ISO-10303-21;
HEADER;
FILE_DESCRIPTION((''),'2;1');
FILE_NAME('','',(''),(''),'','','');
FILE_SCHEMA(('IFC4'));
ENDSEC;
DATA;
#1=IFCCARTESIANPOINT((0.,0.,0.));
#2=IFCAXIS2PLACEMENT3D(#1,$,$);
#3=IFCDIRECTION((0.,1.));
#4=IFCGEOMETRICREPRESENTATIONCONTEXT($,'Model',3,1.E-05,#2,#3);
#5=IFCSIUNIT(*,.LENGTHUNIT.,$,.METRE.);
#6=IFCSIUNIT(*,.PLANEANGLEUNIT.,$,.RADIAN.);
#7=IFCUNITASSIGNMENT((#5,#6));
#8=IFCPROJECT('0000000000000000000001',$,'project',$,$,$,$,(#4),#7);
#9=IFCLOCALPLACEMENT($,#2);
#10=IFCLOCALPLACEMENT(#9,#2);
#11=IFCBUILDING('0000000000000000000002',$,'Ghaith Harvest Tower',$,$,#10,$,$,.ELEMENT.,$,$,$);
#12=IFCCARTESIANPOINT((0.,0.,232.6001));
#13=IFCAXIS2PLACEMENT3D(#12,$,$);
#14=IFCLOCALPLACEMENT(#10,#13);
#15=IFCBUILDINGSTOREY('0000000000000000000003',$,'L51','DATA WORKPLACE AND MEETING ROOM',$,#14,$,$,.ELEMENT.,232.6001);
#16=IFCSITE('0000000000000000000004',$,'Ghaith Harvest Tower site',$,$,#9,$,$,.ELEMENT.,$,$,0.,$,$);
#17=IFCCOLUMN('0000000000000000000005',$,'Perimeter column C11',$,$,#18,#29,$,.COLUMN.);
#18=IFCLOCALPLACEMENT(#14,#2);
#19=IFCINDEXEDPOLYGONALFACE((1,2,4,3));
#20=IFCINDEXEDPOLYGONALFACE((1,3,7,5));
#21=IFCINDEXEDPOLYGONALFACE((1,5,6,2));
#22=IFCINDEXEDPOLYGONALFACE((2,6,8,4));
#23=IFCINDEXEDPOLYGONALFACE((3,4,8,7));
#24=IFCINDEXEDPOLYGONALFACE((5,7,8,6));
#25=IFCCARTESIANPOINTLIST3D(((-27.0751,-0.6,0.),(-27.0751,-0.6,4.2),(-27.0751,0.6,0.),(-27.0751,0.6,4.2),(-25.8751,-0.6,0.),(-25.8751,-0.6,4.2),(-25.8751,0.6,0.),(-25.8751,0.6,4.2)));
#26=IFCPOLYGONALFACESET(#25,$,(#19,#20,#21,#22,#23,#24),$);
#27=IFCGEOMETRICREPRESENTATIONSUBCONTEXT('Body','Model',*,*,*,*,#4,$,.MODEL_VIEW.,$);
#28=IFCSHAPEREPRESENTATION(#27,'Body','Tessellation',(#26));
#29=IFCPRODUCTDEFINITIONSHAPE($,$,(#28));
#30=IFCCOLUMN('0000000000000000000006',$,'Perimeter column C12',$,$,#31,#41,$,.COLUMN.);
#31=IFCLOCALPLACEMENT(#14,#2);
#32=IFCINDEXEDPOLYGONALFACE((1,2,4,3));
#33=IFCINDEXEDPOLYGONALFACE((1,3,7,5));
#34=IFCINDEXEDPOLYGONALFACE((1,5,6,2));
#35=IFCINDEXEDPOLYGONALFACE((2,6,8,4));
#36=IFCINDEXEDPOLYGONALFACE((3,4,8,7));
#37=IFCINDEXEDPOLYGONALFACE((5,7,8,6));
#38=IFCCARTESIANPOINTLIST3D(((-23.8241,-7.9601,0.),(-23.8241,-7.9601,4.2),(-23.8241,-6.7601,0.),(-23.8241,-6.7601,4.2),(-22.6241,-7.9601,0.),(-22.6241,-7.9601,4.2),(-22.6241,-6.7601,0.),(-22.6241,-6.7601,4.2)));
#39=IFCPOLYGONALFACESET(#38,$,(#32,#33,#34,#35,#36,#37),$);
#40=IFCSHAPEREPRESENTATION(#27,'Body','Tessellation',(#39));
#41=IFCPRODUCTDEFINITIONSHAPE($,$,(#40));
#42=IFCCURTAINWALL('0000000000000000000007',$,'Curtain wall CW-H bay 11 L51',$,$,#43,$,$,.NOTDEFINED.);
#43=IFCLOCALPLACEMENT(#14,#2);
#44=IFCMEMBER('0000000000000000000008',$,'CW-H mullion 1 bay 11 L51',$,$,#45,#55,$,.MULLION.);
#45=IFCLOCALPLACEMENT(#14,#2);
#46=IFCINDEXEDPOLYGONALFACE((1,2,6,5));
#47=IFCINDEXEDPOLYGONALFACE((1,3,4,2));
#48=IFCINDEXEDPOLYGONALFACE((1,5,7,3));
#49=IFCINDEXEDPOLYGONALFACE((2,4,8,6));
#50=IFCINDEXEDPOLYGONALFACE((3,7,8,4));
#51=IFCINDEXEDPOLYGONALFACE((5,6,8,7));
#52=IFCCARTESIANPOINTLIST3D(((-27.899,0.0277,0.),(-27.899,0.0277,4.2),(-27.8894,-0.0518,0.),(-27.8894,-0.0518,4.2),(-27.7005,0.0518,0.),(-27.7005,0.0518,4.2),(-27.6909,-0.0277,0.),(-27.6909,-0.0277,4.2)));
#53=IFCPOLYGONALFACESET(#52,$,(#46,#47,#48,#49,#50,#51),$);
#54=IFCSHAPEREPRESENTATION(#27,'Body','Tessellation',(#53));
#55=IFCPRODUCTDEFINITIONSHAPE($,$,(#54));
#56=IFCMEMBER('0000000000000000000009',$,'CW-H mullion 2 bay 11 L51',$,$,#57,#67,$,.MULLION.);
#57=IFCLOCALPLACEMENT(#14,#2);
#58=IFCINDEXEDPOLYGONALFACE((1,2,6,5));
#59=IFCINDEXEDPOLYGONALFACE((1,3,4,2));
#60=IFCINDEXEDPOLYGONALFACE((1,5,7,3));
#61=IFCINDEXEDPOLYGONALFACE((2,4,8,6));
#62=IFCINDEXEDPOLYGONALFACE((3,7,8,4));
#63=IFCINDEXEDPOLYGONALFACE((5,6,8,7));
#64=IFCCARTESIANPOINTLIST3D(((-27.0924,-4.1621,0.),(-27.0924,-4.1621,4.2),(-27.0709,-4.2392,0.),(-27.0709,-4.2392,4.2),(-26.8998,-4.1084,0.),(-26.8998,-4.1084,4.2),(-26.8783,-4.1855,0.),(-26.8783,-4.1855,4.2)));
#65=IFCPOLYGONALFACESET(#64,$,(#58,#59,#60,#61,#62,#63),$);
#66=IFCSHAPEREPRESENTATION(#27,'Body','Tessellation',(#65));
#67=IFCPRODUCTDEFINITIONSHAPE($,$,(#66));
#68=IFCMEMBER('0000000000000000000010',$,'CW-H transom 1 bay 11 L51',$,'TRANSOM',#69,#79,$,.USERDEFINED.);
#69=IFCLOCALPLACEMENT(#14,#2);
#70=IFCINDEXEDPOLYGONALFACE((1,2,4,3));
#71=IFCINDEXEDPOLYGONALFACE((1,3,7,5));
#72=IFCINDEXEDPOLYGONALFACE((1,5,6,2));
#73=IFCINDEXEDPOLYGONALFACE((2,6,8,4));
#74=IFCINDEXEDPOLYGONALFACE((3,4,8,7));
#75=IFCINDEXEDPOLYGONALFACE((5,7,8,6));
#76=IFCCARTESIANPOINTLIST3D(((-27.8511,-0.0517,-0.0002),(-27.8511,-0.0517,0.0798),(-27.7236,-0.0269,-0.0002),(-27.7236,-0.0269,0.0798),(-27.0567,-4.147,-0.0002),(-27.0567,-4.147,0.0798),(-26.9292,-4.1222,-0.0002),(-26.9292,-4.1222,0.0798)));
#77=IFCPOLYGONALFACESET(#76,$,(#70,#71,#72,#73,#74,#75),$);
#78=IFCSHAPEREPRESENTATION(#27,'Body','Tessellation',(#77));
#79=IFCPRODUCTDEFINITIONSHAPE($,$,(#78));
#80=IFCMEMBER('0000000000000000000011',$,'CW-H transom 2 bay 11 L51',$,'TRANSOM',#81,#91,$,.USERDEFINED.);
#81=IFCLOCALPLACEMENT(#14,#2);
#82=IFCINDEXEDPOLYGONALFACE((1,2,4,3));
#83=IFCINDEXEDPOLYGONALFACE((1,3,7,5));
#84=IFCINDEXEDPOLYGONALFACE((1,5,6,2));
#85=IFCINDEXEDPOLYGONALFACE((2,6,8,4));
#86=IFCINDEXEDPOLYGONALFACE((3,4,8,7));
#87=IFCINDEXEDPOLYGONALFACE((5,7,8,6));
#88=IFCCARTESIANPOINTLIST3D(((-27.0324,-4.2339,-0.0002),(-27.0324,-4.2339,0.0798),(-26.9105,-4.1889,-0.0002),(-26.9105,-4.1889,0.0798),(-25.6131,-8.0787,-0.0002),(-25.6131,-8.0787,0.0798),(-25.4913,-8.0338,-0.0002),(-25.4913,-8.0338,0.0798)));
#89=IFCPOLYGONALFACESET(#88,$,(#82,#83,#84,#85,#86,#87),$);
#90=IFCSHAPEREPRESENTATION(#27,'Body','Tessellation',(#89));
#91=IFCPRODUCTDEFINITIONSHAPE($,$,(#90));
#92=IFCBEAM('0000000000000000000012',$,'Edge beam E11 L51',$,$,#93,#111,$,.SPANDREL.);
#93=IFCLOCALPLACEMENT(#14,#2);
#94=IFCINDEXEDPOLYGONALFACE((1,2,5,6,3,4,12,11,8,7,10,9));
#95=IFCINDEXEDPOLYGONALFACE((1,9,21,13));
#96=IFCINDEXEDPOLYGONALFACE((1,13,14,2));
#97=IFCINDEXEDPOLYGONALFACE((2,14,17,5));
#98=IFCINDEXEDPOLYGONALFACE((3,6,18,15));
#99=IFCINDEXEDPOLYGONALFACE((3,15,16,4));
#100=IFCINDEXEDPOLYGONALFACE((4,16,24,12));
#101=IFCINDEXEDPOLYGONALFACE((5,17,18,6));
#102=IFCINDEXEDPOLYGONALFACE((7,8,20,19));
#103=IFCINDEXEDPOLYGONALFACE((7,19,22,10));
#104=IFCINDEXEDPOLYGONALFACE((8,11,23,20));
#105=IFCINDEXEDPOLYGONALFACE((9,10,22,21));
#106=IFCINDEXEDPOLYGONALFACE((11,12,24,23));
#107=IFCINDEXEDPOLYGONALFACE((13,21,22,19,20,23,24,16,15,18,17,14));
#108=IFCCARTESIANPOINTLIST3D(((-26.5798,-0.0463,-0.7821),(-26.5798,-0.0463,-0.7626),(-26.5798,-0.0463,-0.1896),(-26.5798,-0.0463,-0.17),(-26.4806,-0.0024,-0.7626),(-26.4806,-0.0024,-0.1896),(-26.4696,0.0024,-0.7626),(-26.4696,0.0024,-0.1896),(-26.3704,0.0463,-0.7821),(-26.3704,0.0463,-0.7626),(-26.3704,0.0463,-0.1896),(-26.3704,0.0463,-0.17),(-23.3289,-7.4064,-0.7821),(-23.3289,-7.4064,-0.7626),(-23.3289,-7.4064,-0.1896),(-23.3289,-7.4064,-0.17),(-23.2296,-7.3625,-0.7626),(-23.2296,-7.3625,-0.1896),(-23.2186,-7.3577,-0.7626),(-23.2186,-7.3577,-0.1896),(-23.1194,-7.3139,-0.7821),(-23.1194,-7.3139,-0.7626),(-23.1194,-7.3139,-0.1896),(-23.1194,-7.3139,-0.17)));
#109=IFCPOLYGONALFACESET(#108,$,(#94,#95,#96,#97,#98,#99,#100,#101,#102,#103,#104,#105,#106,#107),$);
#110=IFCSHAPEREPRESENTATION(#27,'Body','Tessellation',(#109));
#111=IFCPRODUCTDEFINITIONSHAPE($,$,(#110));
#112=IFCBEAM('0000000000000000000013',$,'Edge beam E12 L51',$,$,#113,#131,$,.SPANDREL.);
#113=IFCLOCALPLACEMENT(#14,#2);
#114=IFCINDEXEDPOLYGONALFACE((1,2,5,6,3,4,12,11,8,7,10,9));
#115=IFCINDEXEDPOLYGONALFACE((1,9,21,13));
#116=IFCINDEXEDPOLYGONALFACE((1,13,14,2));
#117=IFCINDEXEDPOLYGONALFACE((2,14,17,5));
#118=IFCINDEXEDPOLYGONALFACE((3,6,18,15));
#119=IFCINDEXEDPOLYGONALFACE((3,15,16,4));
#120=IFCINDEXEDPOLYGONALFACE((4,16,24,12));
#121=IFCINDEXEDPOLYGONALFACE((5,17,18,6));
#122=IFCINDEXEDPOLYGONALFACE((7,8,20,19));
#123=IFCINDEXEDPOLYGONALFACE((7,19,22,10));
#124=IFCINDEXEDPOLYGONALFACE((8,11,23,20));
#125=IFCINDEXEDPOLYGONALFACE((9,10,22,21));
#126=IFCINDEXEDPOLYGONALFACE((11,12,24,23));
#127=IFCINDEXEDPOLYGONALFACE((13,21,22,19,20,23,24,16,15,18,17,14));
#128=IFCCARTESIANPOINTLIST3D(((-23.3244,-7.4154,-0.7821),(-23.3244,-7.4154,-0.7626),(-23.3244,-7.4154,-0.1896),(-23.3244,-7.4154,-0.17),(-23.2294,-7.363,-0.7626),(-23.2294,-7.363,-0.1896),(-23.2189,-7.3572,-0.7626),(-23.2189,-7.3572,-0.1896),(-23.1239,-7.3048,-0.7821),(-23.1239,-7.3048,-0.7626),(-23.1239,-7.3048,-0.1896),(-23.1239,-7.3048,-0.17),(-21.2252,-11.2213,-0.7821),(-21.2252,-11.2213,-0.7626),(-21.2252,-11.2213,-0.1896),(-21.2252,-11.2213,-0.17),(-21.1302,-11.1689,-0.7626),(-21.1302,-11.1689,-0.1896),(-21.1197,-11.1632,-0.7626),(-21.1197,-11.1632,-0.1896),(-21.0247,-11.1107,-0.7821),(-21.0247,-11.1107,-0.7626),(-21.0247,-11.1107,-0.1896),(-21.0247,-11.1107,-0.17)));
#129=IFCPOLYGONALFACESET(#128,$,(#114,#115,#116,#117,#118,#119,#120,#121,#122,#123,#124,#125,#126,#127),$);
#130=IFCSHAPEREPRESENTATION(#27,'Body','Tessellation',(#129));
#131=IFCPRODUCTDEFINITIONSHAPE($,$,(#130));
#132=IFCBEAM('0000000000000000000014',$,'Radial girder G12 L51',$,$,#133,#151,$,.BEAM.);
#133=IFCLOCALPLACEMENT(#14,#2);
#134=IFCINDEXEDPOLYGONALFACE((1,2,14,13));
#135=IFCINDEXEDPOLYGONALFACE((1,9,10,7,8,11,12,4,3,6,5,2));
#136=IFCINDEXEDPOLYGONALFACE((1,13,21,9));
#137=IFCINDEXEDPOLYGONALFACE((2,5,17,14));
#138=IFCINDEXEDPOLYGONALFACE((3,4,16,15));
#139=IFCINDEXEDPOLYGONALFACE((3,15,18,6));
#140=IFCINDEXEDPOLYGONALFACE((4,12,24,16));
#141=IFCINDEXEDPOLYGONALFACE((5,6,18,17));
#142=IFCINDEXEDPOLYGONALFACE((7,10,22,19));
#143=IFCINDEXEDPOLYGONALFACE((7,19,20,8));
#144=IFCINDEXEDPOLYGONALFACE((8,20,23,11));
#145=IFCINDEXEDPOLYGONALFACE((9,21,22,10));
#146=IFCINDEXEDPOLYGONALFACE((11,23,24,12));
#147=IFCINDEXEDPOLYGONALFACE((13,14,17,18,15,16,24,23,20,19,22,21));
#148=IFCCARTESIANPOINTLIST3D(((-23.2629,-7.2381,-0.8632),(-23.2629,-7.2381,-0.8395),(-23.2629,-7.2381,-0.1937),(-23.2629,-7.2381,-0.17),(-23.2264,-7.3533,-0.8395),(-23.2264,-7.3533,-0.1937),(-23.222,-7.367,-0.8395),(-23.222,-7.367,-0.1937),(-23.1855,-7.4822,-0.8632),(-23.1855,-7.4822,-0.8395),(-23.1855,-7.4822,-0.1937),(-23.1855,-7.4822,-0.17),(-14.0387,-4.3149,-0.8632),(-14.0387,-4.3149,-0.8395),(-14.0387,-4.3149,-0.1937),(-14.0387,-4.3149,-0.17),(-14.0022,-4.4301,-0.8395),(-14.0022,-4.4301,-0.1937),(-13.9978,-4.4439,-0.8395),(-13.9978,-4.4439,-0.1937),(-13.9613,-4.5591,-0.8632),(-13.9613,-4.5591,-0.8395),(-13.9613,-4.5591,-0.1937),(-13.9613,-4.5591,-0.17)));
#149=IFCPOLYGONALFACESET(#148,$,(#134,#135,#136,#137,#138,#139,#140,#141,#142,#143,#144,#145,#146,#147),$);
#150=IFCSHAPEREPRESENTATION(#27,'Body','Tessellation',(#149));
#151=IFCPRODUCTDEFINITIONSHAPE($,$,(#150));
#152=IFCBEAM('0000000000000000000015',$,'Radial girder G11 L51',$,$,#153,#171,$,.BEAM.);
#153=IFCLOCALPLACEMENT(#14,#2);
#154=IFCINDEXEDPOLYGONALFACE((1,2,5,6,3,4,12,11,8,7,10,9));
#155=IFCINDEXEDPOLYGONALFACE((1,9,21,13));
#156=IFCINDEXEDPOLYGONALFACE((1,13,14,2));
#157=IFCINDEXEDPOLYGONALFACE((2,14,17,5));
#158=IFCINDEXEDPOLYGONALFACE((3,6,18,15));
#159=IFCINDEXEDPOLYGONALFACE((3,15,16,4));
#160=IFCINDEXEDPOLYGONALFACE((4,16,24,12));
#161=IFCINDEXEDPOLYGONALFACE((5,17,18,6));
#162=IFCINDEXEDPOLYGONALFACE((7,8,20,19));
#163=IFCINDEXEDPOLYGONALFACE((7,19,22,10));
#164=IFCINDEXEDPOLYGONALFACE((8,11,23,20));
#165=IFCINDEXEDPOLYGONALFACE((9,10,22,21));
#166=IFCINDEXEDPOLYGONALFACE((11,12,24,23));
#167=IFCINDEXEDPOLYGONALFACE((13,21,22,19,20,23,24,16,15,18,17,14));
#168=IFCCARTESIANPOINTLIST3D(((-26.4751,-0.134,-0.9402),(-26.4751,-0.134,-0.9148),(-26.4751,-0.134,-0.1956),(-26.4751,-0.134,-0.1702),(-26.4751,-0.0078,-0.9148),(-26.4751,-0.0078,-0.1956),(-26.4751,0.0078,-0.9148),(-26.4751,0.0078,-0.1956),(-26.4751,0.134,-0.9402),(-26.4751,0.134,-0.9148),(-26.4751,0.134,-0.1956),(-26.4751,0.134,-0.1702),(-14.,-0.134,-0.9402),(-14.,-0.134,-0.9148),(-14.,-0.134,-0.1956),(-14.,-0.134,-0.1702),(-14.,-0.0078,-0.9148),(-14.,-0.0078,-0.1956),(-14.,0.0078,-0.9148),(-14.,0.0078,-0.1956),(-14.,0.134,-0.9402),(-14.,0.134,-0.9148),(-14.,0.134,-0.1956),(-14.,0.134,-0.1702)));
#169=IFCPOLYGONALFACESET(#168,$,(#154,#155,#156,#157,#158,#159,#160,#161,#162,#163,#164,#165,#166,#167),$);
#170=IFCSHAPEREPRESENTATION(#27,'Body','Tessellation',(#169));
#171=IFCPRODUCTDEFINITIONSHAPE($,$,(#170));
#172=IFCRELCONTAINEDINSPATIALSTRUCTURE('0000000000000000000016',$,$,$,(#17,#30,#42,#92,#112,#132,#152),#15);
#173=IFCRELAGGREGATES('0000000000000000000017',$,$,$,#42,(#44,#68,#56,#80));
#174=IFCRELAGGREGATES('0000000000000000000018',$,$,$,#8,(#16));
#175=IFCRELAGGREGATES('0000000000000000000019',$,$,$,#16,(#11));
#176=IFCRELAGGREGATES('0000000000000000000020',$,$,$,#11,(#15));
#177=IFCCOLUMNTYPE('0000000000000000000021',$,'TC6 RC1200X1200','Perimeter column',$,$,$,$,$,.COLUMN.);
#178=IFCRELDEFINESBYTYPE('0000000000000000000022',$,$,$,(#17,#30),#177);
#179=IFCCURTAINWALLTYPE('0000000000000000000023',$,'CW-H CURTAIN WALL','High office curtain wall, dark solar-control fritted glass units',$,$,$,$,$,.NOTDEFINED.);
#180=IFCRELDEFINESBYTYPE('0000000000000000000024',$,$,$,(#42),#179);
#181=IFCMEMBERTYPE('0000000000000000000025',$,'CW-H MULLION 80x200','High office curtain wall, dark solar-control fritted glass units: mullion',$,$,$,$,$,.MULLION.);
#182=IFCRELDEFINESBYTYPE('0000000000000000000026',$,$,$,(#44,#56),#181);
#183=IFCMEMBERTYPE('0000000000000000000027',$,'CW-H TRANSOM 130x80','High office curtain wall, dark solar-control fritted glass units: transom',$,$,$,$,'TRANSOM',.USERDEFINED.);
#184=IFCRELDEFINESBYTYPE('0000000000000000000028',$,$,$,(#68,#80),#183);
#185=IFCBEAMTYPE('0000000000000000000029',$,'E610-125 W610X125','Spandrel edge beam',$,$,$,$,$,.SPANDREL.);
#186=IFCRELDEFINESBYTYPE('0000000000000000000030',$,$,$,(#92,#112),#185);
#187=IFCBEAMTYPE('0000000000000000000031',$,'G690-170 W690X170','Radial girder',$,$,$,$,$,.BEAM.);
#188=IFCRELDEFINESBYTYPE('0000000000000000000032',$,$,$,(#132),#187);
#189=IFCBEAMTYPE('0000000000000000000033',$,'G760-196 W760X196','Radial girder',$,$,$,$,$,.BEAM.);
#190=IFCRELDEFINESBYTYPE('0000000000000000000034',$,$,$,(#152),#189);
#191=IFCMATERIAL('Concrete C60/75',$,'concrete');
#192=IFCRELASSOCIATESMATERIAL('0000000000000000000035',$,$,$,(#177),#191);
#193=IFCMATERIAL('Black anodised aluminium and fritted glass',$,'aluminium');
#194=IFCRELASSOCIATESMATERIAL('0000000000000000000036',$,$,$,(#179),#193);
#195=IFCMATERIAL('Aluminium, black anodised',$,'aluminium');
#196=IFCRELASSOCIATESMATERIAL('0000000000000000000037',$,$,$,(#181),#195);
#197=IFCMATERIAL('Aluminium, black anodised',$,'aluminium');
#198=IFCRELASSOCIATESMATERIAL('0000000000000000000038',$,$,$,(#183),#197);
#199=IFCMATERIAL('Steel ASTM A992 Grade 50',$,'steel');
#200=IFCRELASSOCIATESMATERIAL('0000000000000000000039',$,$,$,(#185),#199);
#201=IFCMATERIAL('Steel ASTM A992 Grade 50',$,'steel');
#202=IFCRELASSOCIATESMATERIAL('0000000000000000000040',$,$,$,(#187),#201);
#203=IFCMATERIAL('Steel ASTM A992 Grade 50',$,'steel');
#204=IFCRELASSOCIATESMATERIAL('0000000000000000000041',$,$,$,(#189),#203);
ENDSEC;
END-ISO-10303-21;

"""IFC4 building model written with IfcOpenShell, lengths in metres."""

from ifc_helpers import new_model, si_unit, direction, frame, origin, origin_2d, place, context, subcontext, project, spatial, rectangle, i_section, extrude, material, material_profile, profile_set, type_object, element, aggregate, save


model = new_model("IFC4")

# Units and contexts
model_context = context("Model", 3, precision=1e-05, world=origin(), true_north=direction((0.0, 1.0)))
body_context = subcontext(model_context, "Body", "Model", "MODEL_VIEW")
ifc_project = project(units=[si_unit("LENGTHUNIT", "METRE"), si_unit("PLANEANGLEUNIT", "RADIAN")], contexts=[model_context])

# Site, building, storey
site_placement = place(None, origin())
site = spatial("IfcSite", under=ifc_project, at=site_placement, Name="Ghaith Harvest Tower site", CompositionType="ELEMENT", RefElevation=0.0)
building_placement = place(site_placement, origin())
building = spatial("IfcBuilding", under=site, at=building_placement, Name="Ghaith Harvest Tower", CompositionType="ELEMENT")
storey_placement = place(building_placement, frame((0.0, 0.0, 232.6001)))
storey = spatial("IfcBuildingStorey", under=building, at=storey_placement, Name="L51", Description="DATA WORKPLACE AND MEETING ROOM", CompositionType="ELEMENT", Elevation=232.6001)

# Columns
ifc_material_1 = material(Name="Concrete C60/75", Category="concrete")
ifc_material_profile_1 = material_profile(ifc_material_1, rectangle(XDim=1.2, YDim=1.2, at=origin_2d()), Name="RC1200X1200")
ifc_profile_set_1 = profile_set([ifc_material_profile_1], Name="Concrete C60/75")
column_type = type_object("IfcColumnType", Name="TC6 RC1200X1200", Description="Perimeter column", PredefinedType="COLUMN", material=ifc_profile_set_1)
for number, where, z_axis, x_axis, name in (
    (1, (-26.4751, 0.0, 0.0), (0.0, 0.0, 1.0), (1.0, 0.0, 0.0), "Perimeter column C11"),
    (2, (-23.2241, -7.3601, 0.0), (0.0, 0.0, 1.0), (1.0, 0.0, 0.0), "Perimeter column C12"),
):
    element("IfcColumn", number, at=place(storey_placement, frame(where, z_axis=z_axis, x_axis=x_axis)), inside=storey, type_object=column_type, Name=name, PredefinedType="COLUMN", context=body_context, shape_type="SweptSolid", body=[
        extrude(rectangle(XDim=1.2, YDim=1.2, at=origin_2d()), origin(), (0.0, 0.0, 1.0), 4.2),
    ])

# Curtain wall, members
ifc_material_2 = material(Name="Black anodised aluminium and fritted glass", Category="aluminium")
curtain_wall_type = type_object("IfcCurtainWallType", Name="CW-H CURTAIN WALL", Description="High office curtain wall, dark solar-control fritted glass units", PredefinedType="NOTDEFINED", material=ifc_material_2)
curtain_wall_placement = place(storey_placement, origin())
curtain_wall = element("IfcCurtainWall", 3, at=curtain_wall_placement, inside=storey, type_object=curtain_wall_type, Name="Curtain wall CW-H bay 11 L51", PredefinedType="NOTDEFINED")
ifc_material_3 = material(Name="Aluminium, black anodised", Category="aluminium")
ifc_material_profile_2 = material_profile(ifc_material_3, rectangle(XDim=0.0801, YDim=0.2, at=origin_2d()), Name="CW-H MULLION 80x200")
ifc_profile_set_2 = profile_set([ifc_material_profile_2], Name="Aluminium, black anodised")
member_type_1 = type_object("IfcMemberType", Name="CW-H MULLION 80x200", Description="High office curtain wall, dark solar-control fritted glass units: mullion", PredefinedType="MULLION", material=ifc_profile_set_2)
member_1_placement = place(storey_placement, frame((-27.7949, 0.0, 0.0), z_axis=(0.0, 0.0, 1.0), x_axis=(0.12025, -0.992744, 0.0)))
member_1 = element("IfcMember", 4, at=member_1_placement, type_object=member_type_1, Name="CW-H mullion 1 bay 11 L51", PredefinedType="MULLION", context=body_context, shape_type="SweptSolid", body=[
    extrude(rectangle(XDim=0.0801, YDim=0.2, at=origin_2d()), origin(), (0.0, 0.0, 1.0), 4.2),
])
member_2_placement = place(storey_placement, frame((-26.9854, -4.1738, 0.0), z_axis=(0.0, 0.0, 1.0), x_axis=(0.268569, -0.96326, 0.0)))
member_2 = element("IfcMember", 5, at=member_2_placement, type_object=member_type_1, Name="CW-H mullion 2 bay 11 L51", PredefinedType="MULLION", context=body_context, shape_type="SweptSolid", body=[
    extrude(rectangle(XDim=0.0801, YDim=0.2, at=origin_2d()), origin(), (0.0, 0.0, 1.0), 4.2),
])
ifc_material_4 = material(Name="Aluminium, black anodised", Category="aluminium")
ifc_material_profile_3 = material_profile(ifc_material_4, rectangle(XDim=0.1299, YDim=0.0801, at=origin_2d()), Name="CW-H TRANSOM 130x80")
ifc_profile_set_3 = profile_set([ifc_material_profile_3], Name="Aluminium, black anodised")
member_type_2 = type_object("IfcMemberType", Name="CW-H TRANSOM 130x80", Description="High office curtain wall, dark solar-control fritted glass units: transom", ElementType="TRANSOM", PredefinedType="USERDEFINED", material=ifc_profile_set_3)
member_3_placement = place(storey_placement, frame((-27.7874, -0.0393, 0.0398), z_axis=(0.19044, -0.981699, 0.0), x_axis=(0.981699, 0.19044, 0.0)))
member_3 = element("IfcMember", 6, at=member_3_placement, type_object=member_type_2, Name="CW-H transom 1 bay 11 L51", ObjectType="TRANSOM", PredefinedType="USERDEFINED", context=body_context, shape_type="SweptSolid", body=[
    extrude(rectangle(XDim=0.1299, YDim=0.0801, at=origin_2d()), origin(), (0.0, 0.0, 1.0), 4.1716),
])
member_4_placement = place(storey_placement, frame((-26.9714, -4.2114, 0.0398), z_axis=(0.346288, -0.938128, 0.0), x_axis=(0.938128, 0.346288, 0.0)))
member_4 = element("IfcMember", 7, at=member_4_placement, type_object=member_type_2, Name="CW-H transom 2 bay 11 L51", ObjectType="TRANSOM", PredefinedType="USERDEFINED", context=body_context, shape_type="SweptSolid", body=[
    extrude(rectangle(XDim=0.1299, YDim=0.0801, at=origin_2d()), origin(), (0.0, 0.0, 1.0), 4.0984),
])

# Beams
ifc_material_5 = material(Name="Steel ASTM A992 Grade 50", Category="steel")
ifc_material_profile_4 = material_profile(ifc_material_5, i_section(OverallWidth=0.229, OverallDepth=0.6121, WebThickness=0.012, FlangeThickness=0.0195, at=origin_2d()), Name="W610X125")
ifc_profile_set_4 = profile_set([ifc_material_profile_4], Name="Steel ASTM A992 Grade 50")
beam_type_1 = type_object("IfcBeamType", Name="E610-125 W610X125", Description="Spandrel edge beam", PredefinedType="SPANDREL", material=ifc_profile_set_4)
beam_1_placement = place(storey_placement, frame((-26.4751, 0.0, -0.4761), z_axis=(0.404043, -0.91474, 0.0), x_axis=(0.91474, 0.404043, 0.0)))
element("IfcBeam", 8, at=beam_1_placement, inside=storey, type_object=beam_type_1, Name="Edge beam E11 L51", PredefinedType="SPANDREL", context=body_context, shape_type="SweptSolid", body=[
    extrude(i_section(OverallWidth=0.229, OverallDepth=0.6121, WebThickness=0.012, FlangeThickness=0.0195, at=origin_2d()), origin(), (0.0, 0.0, 1.0), 8.0461),
])
beam_2_placement = place(storey_placement, frame((-23.2241, -7.3601, -0.4761), z_axis=(0.482956, -0.875645, 0.0), x_axis=(0.875645, 0.482956, 0.0)))
element("IfcBeam", 9, at=beam_2_placement, inside=storey, type_object=beam_type_1, Name="Edge beam E12 L51", PredefinedType="SPANDREL", context=body_context, shape_type="SweptSolid", body=[
    extrude(i_section(OverallWidth=0.229, OverallDepth=0.6121, WebThickness=0.012, FlangeThickness=0.0195, at=origin_2d()), origin(), (0.0, 0.0, 1.0), 4.3464),
])
ifc_material_6 = material(Name="Steel ASTM A992 Grade 50", Category="steel")
ifc_material_profile_5 = material_profile(ifc_material_6, i_section(OverallWidth=0.2561, OverallDepth=0.6931, WebThickness=0.0144, FlangeThickness=0.0237, at=origin_2d()), Name="W690X170")
ifc_profile_set_5 = profile_set([ifc_material_profile_5], Name="Steel ASTM A992 Grade 50")
beam_type_2 = type_object("IfcBeamType", Name="G690-170 W690X170", Description="Radial girder", PredefinedType="BEAM", material=ifc_profile_set_5)
beam_3_placement = place(storey_placement, frame((-14.0, -4.437, -0.5166), z_axis=(-0.953279, -0.302091, 0.0), x_axis=(0.302091, -0.953279, 0.0)))
element("IfcBeam", 10, at=beam_3_placement, inside=storey, type_object=beam_type_2, Name="Radial girder G12 L51", PredefinedType="BEAM", context=body_context, shape_type="SweptSolid", body=[
    extrude(i_section(OverallWidth=0.2561, OverallDepth=0.6931, WebThickness=0.0144, FlangeThickness=0.0237, at=origin_2d()), origin(), (0.0, 0.0, 1.0), 9.6763),
])
ifc_material_7 = material(Name="Steel ASTM A992 Grade 50", Category="steel")
ifc_material_profile_6 = material_profile(ifc_material_7, i_section(OverallWidth=0.2681, OverallDepth=0.77, WebThickness=0.0156, FlangeThickness=0.0254, at=origin_2d()), Name="W760X196")
ifc_profile_set_6 = profile_set([ifc_material_profile_6], Name="Steel ASTM A992 Grade 50")
beam_type_3 = type_object("IfcBeamType", Name="G760-196 W760X196", Description="Radial girder", PredefinedType="BEAM", material=ifc_profile_set_6)
beam_4_placement = place(storey_placement, frame((-14.0, 0.0, -0.5552), z_axis=(-1.0, 0.0, 0.0), x_axis=(0.0, -1.0, 0.0)))
element("IfcBeam", 11, at=beam_4_placement, inside=storey, type_object=beam_type_3, Name="Radial girder G11 L51", PredefinedType="BEAM", context=body_context, shape_type="SweptSolid", body=[
    extrude(i_section(OverallWidth=0.2681, OverallDepth=0.77, WebThickness=0.0156, FlangeThickness=0.0254, at=origin_2d()), origin(), (0.0, 0.0, 1.0), 12.4751),
])

aggregate(curtain_wall, [member_1, member_3, member_2, member_4])

save(model, "model.ifc")
